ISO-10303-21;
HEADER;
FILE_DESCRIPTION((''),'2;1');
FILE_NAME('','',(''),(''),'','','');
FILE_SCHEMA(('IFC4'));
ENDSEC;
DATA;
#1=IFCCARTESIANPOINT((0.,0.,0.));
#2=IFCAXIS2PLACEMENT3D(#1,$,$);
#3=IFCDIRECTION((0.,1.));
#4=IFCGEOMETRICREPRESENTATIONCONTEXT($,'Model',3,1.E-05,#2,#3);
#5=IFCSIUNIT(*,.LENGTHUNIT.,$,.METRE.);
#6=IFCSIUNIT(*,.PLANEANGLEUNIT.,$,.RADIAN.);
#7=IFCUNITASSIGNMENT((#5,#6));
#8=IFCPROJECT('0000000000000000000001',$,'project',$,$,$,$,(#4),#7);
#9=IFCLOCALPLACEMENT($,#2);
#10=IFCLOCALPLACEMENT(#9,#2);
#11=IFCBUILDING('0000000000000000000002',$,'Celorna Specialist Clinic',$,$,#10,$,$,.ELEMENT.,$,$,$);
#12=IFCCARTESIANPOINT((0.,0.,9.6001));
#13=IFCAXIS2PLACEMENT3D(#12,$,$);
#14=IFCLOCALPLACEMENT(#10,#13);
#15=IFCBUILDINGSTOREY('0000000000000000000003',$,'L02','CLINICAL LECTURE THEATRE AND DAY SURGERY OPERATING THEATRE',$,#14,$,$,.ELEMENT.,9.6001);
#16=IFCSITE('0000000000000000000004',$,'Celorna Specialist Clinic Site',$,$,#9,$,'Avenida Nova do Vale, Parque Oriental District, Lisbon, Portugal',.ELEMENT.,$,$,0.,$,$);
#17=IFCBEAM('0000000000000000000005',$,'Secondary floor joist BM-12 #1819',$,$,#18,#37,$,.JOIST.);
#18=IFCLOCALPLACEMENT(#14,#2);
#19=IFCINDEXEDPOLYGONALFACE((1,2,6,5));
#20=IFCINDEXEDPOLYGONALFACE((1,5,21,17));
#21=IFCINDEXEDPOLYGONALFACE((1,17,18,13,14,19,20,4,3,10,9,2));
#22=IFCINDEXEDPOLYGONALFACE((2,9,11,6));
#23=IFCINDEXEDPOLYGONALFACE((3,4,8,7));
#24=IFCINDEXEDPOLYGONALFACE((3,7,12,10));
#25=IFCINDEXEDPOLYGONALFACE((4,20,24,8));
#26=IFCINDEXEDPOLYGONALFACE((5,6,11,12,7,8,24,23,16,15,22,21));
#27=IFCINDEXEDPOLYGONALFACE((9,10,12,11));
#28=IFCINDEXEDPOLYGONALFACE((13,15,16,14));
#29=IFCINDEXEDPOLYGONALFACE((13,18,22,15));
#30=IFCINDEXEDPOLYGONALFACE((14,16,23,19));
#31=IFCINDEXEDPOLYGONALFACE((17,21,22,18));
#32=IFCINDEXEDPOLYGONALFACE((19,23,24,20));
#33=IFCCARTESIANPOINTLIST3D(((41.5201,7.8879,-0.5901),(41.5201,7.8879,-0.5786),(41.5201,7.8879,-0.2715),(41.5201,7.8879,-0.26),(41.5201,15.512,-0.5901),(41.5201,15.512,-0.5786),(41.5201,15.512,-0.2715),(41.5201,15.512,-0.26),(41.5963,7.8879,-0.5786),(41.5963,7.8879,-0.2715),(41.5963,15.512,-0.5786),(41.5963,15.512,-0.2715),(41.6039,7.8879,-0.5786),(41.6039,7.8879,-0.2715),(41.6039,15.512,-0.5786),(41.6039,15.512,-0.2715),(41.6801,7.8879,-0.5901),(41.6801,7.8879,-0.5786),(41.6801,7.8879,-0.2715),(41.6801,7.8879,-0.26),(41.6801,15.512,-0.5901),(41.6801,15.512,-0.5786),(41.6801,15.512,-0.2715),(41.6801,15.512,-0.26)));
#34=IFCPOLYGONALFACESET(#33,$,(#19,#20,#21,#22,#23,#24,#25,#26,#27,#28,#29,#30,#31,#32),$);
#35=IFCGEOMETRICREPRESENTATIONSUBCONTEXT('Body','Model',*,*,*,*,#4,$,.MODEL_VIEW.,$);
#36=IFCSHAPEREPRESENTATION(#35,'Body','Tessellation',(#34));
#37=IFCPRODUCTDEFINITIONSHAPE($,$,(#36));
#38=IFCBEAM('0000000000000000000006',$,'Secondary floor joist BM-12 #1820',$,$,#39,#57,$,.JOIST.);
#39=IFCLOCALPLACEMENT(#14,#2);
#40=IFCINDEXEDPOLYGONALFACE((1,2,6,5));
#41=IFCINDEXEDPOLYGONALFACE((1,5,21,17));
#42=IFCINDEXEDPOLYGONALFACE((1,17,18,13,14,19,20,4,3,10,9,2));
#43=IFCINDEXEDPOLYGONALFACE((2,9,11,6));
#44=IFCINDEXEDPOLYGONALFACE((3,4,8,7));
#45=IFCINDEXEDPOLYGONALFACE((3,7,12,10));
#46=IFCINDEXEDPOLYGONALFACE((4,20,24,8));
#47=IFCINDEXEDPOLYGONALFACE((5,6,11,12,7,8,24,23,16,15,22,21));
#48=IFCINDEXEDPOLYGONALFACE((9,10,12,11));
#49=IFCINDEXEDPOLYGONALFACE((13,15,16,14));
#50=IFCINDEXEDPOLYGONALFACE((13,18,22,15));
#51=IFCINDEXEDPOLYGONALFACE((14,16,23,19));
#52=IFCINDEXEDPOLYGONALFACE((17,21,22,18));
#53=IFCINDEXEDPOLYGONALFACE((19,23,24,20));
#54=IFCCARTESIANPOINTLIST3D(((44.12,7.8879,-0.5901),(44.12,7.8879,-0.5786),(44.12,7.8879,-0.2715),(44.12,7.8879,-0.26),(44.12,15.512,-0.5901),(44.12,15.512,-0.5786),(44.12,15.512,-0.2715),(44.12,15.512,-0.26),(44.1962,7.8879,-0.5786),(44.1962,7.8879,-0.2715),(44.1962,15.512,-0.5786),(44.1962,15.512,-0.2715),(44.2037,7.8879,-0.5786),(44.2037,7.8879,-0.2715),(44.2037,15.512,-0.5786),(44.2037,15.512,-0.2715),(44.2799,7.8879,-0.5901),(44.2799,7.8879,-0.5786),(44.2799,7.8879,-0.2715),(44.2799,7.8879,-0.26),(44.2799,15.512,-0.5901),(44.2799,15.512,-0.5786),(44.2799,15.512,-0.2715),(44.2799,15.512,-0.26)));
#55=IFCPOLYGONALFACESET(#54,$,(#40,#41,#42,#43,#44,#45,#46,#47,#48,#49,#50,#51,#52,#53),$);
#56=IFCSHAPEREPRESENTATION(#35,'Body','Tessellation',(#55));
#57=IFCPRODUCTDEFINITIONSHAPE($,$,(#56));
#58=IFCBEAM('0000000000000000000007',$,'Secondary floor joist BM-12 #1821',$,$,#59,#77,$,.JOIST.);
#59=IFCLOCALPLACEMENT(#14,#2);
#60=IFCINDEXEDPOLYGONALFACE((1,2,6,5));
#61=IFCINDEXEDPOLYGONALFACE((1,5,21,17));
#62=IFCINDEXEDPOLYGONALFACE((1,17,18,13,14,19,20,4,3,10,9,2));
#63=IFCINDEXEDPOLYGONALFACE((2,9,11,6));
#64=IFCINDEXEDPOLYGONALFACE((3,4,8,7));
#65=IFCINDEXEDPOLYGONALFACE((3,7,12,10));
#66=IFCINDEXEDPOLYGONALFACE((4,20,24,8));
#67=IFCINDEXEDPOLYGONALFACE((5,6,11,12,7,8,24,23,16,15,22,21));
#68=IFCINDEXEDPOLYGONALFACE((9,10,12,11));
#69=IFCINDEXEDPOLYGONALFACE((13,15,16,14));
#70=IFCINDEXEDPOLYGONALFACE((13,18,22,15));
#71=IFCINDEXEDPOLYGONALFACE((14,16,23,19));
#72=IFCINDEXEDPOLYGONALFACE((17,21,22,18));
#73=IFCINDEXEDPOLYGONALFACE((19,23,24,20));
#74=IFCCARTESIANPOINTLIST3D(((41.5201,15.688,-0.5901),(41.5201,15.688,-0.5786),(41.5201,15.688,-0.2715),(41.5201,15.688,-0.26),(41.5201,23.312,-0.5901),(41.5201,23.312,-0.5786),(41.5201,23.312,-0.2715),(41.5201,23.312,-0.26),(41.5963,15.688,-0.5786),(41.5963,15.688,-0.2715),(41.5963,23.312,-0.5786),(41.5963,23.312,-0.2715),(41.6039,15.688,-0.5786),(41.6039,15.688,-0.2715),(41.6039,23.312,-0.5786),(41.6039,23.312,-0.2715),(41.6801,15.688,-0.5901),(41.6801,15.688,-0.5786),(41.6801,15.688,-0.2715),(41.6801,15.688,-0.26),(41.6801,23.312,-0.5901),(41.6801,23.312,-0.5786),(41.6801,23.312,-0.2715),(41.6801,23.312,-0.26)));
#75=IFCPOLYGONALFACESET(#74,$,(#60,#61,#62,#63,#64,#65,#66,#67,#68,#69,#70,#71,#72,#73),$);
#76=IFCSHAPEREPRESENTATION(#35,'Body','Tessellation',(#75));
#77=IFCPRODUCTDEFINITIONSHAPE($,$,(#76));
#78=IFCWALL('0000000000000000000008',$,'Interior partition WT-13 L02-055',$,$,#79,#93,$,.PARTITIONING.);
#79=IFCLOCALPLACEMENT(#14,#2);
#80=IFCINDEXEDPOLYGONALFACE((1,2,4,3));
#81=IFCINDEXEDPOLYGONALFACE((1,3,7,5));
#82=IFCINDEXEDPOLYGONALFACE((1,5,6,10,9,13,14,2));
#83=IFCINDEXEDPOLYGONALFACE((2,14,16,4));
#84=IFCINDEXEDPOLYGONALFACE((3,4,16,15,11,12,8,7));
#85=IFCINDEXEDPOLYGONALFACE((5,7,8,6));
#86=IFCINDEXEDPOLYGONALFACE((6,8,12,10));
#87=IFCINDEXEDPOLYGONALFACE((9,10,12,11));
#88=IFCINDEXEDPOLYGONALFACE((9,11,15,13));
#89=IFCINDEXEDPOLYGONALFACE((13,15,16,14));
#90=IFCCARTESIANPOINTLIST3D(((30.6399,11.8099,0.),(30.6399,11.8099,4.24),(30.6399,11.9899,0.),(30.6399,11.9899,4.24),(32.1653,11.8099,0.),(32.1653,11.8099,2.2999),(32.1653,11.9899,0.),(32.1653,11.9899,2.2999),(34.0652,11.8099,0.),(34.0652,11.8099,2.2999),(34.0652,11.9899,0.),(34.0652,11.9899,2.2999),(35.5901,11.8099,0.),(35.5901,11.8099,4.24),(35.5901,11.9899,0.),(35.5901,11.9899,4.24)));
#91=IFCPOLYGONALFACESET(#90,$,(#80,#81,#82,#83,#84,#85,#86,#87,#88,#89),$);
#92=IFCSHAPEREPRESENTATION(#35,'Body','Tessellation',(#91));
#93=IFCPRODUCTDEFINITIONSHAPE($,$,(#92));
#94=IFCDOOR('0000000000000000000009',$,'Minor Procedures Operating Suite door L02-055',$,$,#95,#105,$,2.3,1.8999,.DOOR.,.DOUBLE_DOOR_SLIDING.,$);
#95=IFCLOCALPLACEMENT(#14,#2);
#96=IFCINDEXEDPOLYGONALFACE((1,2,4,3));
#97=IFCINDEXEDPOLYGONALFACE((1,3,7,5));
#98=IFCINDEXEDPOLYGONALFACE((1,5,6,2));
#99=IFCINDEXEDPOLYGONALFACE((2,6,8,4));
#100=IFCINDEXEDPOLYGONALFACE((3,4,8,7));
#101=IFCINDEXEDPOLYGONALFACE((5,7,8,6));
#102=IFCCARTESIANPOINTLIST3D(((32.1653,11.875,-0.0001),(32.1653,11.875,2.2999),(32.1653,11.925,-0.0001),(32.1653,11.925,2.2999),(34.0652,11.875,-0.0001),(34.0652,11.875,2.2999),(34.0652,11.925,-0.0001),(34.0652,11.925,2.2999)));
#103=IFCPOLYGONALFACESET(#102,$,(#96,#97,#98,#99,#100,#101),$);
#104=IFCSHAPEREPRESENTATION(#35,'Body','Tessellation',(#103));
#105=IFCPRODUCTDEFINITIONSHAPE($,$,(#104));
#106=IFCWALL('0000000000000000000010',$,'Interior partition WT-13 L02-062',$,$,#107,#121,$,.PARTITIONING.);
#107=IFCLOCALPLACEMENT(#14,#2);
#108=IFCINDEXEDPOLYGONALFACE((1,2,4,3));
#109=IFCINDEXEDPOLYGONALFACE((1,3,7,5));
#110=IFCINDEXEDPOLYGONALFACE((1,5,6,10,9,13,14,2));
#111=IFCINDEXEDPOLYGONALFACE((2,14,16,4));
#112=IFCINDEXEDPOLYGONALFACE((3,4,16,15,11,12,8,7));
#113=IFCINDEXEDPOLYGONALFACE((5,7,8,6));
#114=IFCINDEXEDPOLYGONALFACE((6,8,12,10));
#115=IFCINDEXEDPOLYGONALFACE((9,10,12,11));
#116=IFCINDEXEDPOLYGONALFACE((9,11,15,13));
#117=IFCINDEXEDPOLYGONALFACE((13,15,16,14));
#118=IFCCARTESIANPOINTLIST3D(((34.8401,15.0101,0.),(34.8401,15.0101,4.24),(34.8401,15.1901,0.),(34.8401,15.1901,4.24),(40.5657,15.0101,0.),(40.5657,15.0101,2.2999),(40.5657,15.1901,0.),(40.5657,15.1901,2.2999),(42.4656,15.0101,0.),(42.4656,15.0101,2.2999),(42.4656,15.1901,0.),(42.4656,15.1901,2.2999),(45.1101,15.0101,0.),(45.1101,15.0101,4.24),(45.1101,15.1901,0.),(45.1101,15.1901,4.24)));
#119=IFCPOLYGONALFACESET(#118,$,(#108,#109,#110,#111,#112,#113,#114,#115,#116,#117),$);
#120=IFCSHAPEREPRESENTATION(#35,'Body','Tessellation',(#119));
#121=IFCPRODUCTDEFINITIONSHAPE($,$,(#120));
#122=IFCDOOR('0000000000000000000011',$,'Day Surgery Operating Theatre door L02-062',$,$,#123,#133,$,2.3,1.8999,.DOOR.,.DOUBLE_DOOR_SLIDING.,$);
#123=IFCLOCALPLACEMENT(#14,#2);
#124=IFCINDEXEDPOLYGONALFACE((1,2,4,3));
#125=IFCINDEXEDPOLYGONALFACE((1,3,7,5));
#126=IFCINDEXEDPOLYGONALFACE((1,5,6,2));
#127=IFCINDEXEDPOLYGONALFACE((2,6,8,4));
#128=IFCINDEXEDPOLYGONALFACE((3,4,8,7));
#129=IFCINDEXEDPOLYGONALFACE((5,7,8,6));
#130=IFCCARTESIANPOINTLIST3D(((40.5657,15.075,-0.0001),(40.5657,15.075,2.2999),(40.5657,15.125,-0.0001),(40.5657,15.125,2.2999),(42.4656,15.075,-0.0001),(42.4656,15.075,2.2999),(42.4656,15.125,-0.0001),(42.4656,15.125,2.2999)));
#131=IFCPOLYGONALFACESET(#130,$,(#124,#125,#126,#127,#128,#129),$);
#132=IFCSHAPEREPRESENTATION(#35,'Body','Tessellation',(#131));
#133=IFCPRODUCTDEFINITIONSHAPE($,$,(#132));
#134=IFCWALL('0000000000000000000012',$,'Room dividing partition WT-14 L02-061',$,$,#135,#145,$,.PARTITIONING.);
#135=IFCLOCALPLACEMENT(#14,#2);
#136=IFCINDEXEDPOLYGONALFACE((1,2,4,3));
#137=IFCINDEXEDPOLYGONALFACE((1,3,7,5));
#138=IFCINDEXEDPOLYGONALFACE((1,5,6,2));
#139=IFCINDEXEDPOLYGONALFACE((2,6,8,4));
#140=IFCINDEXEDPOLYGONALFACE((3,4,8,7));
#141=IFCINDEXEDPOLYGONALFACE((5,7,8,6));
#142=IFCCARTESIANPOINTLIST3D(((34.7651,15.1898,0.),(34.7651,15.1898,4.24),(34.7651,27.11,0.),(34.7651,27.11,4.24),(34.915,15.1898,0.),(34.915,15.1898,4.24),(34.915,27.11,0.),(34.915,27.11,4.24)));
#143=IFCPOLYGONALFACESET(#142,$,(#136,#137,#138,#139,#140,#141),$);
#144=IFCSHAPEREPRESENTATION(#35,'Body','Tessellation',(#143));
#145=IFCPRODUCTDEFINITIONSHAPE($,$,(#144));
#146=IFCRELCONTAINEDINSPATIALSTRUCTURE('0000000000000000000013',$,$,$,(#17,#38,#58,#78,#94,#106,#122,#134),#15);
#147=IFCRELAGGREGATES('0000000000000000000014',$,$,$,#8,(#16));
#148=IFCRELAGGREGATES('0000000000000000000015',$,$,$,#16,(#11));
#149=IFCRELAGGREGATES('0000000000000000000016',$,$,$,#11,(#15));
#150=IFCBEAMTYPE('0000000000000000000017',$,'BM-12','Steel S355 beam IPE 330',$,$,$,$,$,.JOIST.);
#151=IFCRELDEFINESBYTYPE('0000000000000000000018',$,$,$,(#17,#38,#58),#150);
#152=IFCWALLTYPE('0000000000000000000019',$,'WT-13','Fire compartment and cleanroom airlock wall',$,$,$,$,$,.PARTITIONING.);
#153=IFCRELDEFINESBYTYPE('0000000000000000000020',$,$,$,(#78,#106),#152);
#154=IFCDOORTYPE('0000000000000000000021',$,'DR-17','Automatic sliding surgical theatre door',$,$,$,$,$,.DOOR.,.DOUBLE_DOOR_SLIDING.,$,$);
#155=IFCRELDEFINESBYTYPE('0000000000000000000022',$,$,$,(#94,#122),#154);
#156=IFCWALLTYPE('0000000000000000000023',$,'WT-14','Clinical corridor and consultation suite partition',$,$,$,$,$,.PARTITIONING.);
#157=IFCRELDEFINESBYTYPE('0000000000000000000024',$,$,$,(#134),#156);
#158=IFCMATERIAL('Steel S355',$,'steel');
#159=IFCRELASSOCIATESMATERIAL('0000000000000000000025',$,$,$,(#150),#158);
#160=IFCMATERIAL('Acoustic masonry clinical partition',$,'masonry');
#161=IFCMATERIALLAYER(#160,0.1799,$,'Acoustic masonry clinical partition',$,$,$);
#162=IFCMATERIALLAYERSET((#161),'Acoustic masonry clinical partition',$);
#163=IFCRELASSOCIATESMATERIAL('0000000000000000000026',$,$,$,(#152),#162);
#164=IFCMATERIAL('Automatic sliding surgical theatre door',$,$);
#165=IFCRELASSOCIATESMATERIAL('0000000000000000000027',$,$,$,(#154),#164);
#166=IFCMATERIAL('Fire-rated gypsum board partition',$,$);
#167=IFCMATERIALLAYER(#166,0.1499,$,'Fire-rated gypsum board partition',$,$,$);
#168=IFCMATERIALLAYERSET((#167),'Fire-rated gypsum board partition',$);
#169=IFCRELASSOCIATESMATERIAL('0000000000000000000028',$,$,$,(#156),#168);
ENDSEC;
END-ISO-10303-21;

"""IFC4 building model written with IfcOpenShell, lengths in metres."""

from ifc_helpers import new_model, si_unit, direction, frame, frame_2d, origin, origin_2d, place, context, subcontext, project, spatial, rectangle, i_section, extrude, material, layer, layer_set, material_profile, profile_set, type_object, element, fill, save


model = new_model("IFC4")

# Units and contexts
model_context = context("Model", 3, precision=1e-05, world=origin(), true_north=direction((0.0, 1.0)))
body_context = subcontext(model_context, "Body", "Model", "MODEL_VIEW")
ifc_project = project(units=[si_unit("LENGTHUNIT", "METRE"), si_unit("PLANEANGLEUNIT", "RADIAN")], contexts=[model_context])

# Site, building, storey
site_placement = place(None, origin())
site = spatial("IfcSite", under=ifc_project, at=site_placement, Name="Celorna Specialist Clinic Site", LongName="Avenida Nova do Vale, Parque Oriental District, Lisbon, Portugal", CompositionType="ELEMENT", RefElevation=0.0)
building_placement = place(site_placement, origin())
building = spatial("IfcBuilding", under=site, at=building_placement, Name="Celorna Specialist Clinic", CompositionType="ELEMENT")
storey_placement = place(building_placement, frame((0.0, 0.0, 9.6001)))
storey = spatial("IfcBuildingStorey", under=building, at=storey_placement, Name="L02", Description="CLINICAL LECTURE THEATRE AND DAY SURGERY OPERATING THEATRE", CompositionType="ELEMENT", Elevation=9.6001)

# Beams
ifc_material_1 = material(Name="Steel S355", Category="steel")
ifc_material_profile_1 = material_profile(ifc_material_1, i_section(OverallWidth=0.1599, OverallDepth=0.3301, WebThickness=0.0076, FlangeThickness=0.0115, at=origin_2d()), Name="IPE 330")
ifc_profile_set_1 = profile_set([ifc_material_profile_1], Name="Steel S355")
beam_type_1 = type_object("IfcBeamType", Name="BM-12", Description="Steel S355 beam IPE 330", PredefinedType="JOIST", material=ifc_profile_set_1)
for number, where, z_axis, x_axis, name in (
    (1, (41.6001, 7.8879, -0.425), (0.0, 1.0, 0.0), (-1.0, 0.0, 0.0), "Secondary floor joist BM-12 #1819"),
    (2, (44.2, 7.8879, -0.425), (0.0, 1.0, 0.0), (-1.0, 0.0, 0.0), "Secondary floor joist BM-12 #1820"),
    (3, (41.6001, 15.688, -0.425), (0.0, 1.0, 0.0), (-1.0, 0.0, 0.0), "Secondary floor joist BM-12 #1821"),
):
    element("IfcBeam", number, at=place(storey_placement, frame(where, z_axis=z_axis, x_axis=x_axis)), inside=storey, type_object=beam_type_1, Name=name, PredefinedType="JOIST", context=body_context, shape_type="SweptSolid", body=[
        extrude(i_section(OverallWidth=0.1599, OverallDepth=0.3301, WebThickness=0.0076, FlangeThickness=0.0115, at=origin_2d()), origin(), (0.0, 0.0, 1.0), 7.624),
    ])

# Walls, openings, doors
ifc_material_2 = material(Name="Acoustic masonry clinical partition", Category="masonry")
ifc_layer_1 = layer(ifc_material_2, 0.1799, Name="Acoustic masonry clinical partition")
ifc_layer_set_1 = layer_set([ifc_layer_1], Name="Acoustic masonry clinical partition")
wall_type_1 = type_object("IfcWallType", Name="WT-13", Description="Fire compartment and cleanroom airlock wall", PredefinedType="PARTITIONING", material=ifc_layer_set_1)
wall_1_placement = place(storey_placement, frame((35.5901, 11.8999, 0.0), z_axis=(0.0, 0.0, 1.0), x_axis=(-1.0, 0.0, 0.0)))
wall_1 = element("IfcWall", 4, at=wall_1_placement, inside=storey, type_object=wall_type_1, Name="Interior partition WT-13 L02-055", PredefinedType="PARTITIONING", context=body_context, shape_type="SweptSolid", body=[
    extrude(rectangle(XDim=4.9502, YDim=0.1799, at=frame_2d((2.4751, 0.0))), origin(), (0.0, 0.0, 1.0), 4.24),
])
opening_1_placement = place(wall_1_placement, frame((1.5249, 0.0, 0.0)))
opening_1 = element("IfcOpeningElement", 5, at=opening_1_placement, cuts=wall_1, PredefinedType="OPENING", context=body_context, shape_type="SweptSolid", body=[
    extrude(rectangle(XDim=1.8999, YDim=2.3, at=frame_2d((0.95, 1.1499))), frame((0.0, 0.0999, 0.0), z_axis=(0.0, -1.0, 0.0), x_axis=(1.0, 0.0, 0.0)), (0.0, 0.0, 1.0), 0.2),
])
ifc_material_3 = material(Name="Automatic sliding surgical theatre door")
door_type = type_object("IfcDoorType", Name="DR-17", Description="Automatic sliding surgical theatre door", OperationType="DOUBLE_DOOR_SLIDING", PredefinedType="DOOR", material=ifc_material_3)
door_1_placement = place(opening_1_placement, origin())
door_1 = element("IfcDoor", 6, at=door_1_placement, inside=storey, type_object=door_type, Name="Minor Procedures Operating Suite door L02-055", OperationType="DOUBLE_DOOR_SLIDING", OverallHeight=2.3, OverallWidth=1.8999, PredefinedType="DOOR", context=body_context, shape_type="SweptSolid", body=[
    extrude(rectangle(XDim=1.8999, YDim=2.3, at=frame_2d((0.95, 1.1499))), frame((0.0, 0.0249, 0.0), z_axis=(0.0, -1.0, 0.0), x_axis=(1.0, 0.0, 0.0)), (0.0, 0.0, 1.0), 0.05),
])
fill(opening_1, door_1)
wall_2_placement = place(storey_placement, frame((34.8401, 15.1001, 0.0), z_axis=(0.0, 0.0, 1.0), x_axis=(1.0, 0.0, 0.0)))
wall_2 = element("IfcWall", 7, at=wall_2_placement, inside=storey, type_object=wall_type_1, Name="Interior partition WT-13 L02-062", PredefinedType="PARTITIONING", context=body_context, shape_type="SweptSolid", body=[
    extrude(rectangle(XDim=10.27, YDim=0.1799, at=frame_2d((5.135, 0.0))), origin(), (0.0, 0.0, 1.0), 4.24),
])
opening_2_placement = place(wall_2_placement, frame((5.7256, 0.0, 0.0)))
opening_2 = element("IfcOpeningElement", 8, at=opening_2_placement, cuts=wall_2, PredefinedType="OPENING", context=body_context, shape_type="SweptSolid", body=[
    extrude(rectangle(XDim=1.8999, YDim=2.3, at=frame_2d((0.95, 1.1499))), frame((0.0, 0.0999, 0.0), z_axis=(0.0, -1.0, 0.0), x_axis=(1.0, 0.0, 0.0)), (0.0, 0.0, 1.0), 0.2),
])
door_2_placement = place(opening_2_placement, origin())
door_2 = element("IfcDoor", 9, at=door_2_placement, inside=storey, type_object=door_type, Name="Day Surgery Operating Theatre door L02-062", OperationType="DOUBLE_DOOR_SLIDING", OverallHeight=2.3, OverallWidth=1.8999, PredefinedType="DOOR", context=body_context, shape_type="SweptSolid", body=[
    extrude(rectangle(XDim=1.8999, YDim=2.3, at=frame_2d((0.95, 1.1499))), frame((0.0, 0.0249, 0.0), z_axis=(0.0, -1.0, 0.0), x_axis=(1.0, 0.0, 0.0)), (0.0, 0.0, 1.0), 0.05),
])
fill(opening_2, door_2)

# Wall
ifc_material_4 = material(Name="Fire-rated gypsum board partition")
ifc_layer_2 = layer(ifc_material_4, 0.1499, Name="Fire-rated gypsum board partition")
ifc_layer_set_2 = layer_set([ifc_layer_2], Name="Fire-rated gypsum board partition")
wall_type_2 = type_object("IfcWallType", Name="WT-14", Description="Clinical corridor and consultation suite partition", PredefinedType="PARTITIONING", material=ifc_layer_set_2)
wall_3_placement = place(storey_placement, frame((34.8401, 15.1899, 0.0), z_axis=(0.0, 0.0, 1.0), x_axis=(0.0, 1.0, 0.0)))
element("IfcWall", 10, at=wall_3_placement, inside=storey, type_object=wall_type_2, Name="Room dividing partition WT-14 L02-061", PredefinedType="PARTITIONING", context=body_context, shape_type="SweptSolid", body=[
    extrude(rectangle(XDim=11.9202, YDim=0.1499, at=frame_2d((5.96, 0.0))), origin(), (0.0, 0.0, 1.0), 4.24),
])

save(model, "model.ifc")
